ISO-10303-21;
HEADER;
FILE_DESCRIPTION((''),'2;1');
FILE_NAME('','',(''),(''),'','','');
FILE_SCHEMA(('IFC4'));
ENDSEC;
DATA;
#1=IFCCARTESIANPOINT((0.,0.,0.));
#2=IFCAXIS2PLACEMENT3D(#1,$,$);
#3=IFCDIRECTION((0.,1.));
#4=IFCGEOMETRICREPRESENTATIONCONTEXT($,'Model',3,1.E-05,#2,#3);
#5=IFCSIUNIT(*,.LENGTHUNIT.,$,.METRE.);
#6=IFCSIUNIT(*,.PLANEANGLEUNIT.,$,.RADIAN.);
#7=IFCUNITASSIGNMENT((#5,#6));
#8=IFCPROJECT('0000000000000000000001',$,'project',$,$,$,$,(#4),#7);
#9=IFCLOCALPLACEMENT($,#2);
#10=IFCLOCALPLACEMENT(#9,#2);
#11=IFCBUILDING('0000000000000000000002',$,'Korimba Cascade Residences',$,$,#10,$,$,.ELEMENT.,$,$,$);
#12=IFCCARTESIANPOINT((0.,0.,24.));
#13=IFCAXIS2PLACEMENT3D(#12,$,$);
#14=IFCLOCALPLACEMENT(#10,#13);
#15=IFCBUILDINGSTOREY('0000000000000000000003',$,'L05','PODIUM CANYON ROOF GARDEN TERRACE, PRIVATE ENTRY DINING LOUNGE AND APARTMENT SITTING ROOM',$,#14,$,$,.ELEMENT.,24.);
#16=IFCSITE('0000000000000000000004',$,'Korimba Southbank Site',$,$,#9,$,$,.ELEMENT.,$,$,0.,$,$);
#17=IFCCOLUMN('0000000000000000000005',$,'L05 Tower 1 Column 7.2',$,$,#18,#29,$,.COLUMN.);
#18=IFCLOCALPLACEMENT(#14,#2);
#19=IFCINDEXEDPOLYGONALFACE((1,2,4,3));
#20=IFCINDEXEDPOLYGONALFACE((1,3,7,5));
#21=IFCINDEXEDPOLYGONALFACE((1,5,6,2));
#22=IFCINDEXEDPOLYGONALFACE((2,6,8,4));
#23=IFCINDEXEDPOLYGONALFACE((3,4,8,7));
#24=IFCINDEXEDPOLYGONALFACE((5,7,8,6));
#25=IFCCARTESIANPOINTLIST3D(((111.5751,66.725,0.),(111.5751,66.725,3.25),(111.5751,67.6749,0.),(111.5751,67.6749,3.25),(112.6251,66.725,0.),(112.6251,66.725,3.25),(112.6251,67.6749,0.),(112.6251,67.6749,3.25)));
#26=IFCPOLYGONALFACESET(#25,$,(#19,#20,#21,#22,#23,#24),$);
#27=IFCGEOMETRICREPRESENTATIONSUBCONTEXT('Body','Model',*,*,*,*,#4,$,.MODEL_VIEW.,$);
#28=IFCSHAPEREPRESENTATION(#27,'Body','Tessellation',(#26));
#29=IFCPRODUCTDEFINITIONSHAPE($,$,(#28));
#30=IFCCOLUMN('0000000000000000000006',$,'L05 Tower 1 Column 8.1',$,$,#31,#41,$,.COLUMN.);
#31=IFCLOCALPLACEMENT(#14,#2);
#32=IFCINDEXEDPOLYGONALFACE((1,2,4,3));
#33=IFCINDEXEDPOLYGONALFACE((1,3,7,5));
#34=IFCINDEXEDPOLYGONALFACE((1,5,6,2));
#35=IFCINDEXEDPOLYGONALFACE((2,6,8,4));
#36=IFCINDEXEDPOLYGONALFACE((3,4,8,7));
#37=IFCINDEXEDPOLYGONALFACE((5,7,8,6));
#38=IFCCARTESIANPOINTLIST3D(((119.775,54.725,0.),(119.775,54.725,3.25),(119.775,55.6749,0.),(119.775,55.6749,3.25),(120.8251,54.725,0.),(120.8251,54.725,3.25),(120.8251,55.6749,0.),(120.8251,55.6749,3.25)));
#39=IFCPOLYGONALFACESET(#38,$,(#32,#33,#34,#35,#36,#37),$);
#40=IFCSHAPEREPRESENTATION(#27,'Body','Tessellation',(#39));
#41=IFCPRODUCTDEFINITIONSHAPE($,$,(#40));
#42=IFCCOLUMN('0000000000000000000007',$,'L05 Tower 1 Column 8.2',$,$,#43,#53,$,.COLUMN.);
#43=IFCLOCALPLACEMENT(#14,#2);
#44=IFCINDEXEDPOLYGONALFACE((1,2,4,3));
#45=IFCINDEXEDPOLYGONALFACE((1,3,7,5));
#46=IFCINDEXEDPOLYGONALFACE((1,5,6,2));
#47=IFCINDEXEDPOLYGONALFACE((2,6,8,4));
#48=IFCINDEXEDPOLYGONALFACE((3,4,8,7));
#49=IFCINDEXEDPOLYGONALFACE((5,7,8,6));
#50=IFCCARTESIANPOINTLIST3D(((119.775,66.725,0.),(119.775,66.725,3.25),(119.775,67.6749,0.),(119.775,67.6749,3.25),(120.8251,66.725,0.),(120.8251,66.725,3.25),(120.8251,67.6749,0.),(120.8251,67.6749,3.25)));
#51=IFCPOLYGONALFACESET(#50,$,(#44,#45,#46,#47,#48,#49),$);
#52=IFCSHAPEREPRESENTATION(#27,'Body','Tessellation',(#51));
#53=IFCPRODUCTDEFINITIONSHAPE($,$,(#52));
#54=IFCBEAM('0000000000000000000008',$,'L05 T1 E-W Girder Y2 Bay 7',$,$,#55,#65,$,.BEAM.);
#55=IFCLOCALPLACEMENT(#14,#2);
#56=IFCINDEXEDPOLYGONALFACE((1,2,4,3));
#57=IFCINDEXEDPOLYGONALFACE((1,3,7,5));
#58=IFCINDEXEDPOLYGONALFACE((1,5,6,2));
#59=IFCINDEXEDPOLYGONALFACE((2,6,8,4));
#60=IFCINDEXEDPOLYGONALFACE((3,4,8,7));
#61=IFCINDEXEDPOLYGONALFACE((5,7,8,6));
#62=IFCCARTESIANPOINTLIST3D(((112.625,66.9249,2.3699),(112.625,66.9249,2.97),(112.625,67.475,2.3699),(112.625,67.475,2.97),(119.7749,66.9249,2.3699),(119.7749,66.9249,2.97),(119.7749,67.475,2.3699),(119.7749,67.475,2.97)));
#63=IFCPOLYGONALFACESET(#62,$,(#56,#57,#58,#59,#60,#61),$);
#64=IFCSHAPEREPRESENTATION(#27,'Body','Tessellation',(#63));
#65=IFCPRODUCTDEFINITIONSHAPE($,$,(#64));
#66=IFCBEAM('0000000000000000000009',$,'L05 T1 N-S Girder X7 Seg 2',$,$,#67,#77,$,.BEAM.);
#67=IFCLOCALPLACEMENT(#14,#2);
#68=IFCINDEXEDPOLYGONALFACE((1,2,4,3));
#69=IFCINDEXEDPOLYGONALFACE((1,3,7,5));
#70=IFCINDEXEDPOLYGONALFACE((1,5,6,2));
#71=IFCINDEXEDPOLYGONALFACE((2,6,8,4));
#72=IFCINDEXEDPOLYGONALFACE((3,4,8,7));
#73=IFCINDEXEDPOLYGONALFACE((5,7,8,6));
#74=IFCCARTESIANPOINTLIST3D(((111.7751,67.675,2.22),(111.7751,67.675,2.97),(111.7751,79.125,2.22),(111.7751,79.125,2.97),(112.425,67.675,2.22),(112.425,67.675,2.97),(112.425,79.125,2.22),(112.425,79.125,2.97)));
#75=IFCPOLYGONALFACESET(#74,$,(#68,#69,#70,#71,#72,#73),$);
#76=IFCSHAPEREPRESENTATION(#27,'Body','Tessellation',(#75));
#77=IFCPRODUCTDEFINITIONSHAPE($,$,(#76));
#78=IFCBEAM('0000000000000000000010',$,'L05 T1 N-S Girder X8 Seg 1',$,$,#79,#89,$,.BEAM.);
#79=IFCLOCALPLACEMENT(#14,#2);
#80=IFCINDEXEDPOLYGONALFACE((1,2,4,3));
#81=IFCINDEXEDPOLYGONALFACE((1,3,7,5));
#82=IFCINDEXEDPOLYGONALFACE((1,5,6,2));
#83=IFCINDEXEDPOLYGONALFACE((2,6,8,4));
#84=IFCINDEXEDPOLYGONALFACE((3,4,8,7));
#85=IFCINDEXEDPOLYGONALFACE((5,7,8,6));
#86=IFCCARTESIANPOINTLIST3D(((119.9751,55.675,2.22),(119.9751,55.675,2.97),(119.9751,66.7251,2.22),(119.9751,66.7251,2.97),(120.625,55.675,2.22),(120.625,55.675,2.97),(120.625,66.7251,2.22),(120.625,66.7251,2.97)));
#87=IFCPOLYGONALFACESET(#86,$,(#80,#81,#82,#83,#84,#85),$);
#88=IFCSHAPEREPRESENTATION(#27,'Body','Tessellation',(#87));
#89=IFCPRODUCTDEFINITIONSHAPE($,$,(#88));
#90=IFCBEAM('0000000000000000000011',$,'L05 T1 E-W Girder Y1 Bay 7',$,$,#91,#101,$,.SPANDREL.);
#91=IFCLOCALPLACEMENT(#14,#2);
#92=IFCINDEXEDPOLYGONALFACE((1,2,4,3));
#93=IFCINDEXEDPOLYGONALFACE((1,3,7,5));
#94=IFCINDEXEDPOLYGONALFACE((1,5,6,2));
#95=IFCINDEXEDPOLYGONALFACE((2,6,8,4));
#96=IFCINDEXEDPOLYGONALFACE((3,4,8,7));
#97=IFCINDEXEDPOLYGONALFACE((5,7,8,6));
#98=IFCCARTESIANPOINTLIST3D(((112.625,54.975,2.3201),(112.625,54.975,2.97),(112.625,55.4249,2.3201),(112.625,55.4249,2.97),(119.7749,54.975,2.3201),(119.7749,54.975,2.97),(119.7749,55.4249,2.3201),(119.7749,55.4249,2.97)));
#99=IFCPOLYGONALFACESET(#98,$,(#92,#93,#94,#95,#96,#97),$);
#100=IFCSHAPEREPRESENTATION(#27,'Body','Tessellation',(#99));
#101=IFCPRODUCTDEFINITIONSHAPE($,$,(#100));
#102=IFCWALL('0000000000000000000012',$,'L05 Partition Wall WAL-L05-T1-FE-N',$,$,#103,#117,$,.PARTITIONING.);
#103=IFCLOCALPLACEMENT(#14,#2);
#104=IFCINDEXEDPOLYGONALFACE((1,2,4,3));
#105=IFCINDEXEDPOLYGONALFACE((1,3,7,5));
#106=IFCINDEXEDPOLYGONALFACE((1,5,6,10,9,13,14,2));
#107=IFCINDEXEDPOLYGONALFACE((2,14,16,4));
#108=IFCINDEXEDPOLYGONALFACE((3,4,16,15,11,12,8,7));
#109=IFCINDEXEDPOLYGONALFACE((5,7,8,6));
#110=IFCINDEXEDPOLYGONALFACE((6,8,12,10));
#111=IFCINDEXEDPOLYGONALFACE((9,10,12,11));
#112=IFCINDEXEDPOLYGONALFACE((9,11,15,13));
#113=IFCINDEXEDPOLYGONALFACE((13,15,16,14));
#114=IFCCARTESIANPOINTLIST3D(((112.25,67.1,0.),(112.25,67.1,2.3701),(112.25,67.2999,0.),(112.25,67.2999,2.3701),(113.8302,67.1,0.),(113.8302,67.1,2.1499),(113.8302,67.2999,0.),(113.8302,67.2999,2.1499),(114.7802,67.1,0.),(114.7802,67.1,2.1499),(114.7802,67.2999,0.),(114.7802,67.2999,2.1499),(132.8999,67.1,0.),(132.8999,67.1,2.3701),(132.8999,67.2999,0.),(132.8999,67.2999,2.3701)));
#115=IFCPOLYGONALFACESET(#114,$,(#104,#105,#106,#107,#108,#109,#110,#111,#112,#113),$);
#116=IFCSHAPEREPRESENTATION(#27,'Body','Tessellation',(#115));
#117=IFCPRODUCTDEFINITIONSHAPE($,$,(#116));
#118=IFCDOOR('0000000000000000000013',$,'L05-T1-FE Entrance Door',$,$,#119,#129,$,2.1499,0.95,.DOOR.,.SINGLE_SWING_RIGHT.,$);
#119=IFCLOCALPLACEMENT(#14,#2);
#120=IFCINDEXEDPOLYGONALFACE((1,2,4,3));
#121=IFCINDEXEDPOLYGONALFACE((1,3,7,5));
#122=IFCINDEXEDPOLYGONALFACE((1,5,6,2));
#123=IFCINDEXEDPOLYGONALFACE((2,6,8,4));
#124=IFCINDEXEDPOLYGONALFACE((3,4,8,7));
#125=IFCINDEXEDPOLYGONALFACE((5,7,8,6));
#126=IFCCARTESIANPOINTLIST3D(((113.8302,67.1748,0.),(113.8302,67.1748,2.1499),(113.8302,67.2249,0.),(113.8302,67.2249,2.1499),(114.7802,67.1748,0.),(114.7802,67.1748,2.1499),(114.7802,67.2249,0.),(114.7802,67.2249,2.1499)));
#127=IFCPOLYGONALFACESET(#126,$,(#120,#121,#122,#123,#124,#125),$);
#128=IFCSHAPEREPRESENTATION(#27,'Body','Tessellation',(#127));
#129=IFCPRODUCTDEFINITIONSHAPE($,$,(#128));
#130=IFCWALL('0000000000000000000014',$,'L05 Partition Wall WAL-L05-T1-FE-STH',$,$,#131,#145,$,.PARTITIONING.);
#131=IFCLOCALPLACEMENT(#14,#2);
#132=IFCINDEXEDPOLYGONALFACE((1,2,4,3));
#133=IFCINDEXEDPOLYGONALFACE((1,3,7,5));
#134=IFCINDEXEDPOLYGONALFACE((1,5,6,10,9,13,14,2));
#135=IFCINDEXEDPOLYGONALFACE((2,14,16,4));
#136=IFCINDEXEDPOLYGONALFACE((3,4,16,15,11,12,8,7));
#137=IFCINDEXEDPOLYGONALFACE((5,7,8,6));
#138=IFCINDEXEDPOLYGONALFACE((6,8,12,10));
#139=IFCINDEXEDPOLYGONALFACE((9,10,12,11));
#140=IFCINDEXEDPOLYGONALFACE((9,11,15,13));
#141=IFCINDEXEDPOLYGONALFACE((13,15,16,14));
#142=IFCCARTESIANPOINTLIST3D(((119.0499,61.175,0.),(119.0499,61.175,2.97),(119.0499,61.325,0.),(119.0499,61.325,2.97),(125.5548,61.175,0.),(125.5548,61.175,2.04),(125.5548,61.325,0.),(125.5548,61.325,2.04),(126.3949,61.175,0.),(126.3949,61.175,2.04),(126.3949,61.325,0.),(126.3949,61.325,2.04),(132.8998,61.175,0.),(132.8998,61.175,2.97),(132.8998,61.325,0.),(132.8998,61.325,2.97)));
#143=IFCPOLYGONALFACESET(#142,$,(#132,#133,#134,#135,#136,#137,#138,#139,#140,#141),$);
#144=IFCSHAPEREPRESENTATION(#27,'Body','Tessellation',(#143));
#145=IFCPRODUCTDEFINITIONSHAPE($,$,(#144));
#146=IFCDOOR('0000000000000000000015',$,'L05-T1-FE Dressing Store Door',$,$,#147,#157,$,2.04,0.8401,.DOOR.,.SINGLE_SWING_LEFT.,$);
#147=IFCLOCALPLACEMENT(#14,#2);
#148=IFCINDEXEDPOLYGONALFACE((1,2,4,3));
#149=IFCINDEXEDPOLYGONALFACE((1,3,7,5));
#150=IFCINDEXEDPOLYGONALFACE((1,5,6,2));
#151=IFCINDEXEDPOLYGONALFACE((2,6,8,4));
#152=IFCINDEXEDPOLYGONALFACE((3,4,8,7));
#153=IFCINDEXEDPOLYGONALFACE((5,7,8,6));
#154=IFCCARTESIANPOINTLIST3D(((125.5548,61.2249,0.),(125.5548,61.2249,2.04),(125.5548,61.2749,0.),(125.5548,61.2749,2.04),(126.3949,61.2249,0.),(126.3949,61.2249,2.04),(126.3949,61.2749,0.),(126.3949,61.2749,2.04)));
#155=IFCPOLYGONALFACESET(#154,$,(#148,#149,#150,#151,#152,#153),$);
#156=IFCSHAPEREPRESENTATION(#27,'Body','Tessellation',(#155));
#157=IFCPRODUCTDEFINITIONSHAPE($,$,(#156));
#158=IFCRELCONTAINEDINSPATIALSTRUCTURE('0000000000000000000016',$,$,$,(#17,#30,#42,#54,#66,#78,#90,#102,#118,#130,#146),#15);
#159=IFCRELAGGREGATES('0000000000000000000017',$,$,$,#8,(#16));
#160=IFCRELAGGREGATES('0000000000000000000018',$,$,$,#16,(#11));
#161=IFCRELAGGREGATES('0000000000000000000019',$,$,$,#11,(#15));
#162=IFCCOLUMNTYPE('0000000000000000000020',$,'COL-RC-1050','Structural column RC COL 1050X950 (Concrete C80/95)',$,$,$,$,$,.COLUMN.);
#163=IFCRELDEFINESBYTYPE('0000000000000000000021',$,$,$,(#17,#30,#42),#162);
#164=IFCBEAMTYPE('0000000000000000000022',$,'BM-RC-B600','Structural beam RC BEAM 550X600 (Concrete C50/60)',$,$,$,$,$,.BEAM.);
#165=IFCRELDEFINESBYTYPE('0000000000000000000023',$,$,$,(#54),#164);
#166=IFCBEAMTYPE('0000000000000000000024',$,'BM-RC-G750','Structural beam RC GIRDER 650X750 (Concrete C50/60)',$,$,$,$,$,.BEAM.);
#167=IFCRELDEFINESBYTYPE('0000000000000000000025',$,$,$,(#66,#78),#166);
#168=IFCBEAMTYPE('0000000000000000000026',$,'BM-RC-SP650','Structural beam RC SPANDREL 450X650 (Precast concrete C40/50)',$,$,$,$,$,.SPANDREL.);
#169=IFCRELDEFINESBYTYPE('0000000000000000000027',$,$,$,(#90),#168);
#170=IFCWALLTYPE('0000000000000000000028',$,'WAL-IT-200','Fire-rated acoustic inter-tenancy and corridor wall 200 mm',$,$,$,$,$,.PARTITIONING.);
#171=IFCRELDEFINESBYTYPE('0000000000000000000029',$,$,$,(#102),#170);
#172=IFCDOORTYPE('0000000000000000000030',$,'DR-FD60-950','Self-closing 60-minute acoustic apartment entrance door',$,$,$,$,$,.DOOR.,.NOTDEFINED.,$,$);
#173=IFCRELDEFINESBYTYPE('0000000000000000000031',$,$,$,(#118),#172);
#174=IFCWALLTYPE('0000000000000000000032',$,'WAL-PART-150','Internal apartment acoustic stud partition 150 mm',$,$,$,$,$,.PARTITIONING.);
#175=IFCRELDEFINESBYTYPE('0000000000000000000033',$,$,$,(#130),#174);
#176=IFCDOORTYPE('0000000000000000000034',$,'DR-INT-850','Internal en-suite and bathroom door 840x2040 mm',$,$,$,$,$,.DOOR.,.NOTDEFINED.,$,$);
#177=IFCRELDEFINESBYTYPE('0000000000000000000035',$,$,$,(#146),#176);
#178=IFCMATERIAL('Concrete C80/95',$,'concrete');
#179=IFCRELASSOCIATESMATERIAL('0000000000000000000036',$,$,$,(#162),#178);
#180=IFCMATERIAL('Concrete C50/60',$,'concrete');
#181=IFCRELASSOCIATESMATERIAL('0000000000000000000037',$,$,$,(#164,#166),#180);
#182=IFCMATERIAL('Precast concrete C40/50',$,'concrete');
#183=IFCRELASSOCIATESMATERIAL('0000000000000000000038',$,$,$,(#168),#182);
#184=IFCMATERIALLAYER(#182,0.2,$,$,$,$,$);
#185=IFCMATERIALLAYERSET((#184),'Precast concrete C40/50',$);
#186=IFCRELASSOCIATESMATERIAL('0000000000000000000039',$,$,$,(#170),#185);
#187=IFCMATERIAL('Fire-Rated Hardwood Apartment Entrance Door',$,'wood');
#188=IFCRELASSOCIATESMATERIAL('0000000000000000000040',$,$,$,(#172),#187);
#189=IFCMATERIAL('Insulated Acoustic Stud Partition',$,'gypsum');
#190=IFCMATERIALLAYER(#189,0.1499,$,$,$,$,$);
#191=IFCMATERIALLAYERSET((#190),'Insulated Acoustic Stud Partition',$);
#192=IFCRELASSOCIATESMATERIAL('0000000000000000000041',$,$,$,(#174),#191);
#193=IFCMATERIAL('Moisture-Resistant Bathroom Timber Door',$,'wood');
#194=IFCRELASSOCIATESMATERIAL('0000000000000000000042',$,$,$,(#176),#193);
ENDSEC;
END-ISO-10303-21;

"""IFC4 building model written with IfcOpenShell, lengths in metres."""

from ifc_helpers import new_model, si_unit, direction, frame, frame_2d, origin, origin_2d, place, context, subcontext, project, spatial, rectangle, extrude, material, layer, layer_set, material_profile, profile_set, type_object, element, fill, save


model = new_model("IFC4")

# Units and contexts
model_context = context("Model", 3, precision=1e-05, world=origin(), true_north=direction((0.0, 1.0)))
body_context = subcontext(model_context, "Body", "Model", "MODEL_VIEW")
ifc_project = project(units=[si_unit("LENGTHUNIT", "METRE"), si_unit("PLANEANGLEUNIT", "RADIAN")], contexts=[model_context])

# Site, building, storey
site_placement = place(None, origin())
site = spatial("IfcSite", under=ifc_project, at=site_placement, Name="Korimba Southbank Site", CompositionType="ELEMENT", RefElevation=0.0)
building_placement = place(site_placement, origin())
building = spatial("IfcBuilding", under=site, at=building_placement, Name="Korimba Cascade Residences", CompositionType="ELEMENT")
storey_placement = place(building_placement, frame((0.0, 0.0, 24.0)))
storey = spatial("IfcBuildingStorey", under=building, at=storey_placement, Name="L05", Description="PODIUM CANYON ROOF GARDEN TERRACE, PRIVATE ENTRY DINING LOUNGE AND APARTMENT SITTING ROOM", CompositionType="ELEMENT", Elevation=24.0)

# Columns
ifc_material_1 = material(Name="Concrete C80/95", Category="concrete")
ifc_material_profile_1 = material_profile(ifc_material_1, rectangle(XDim=1.05, YDim=0.95, at=origin_2d()), Name="Concrete C80/95")
ifc_profile_set_1 = profile_set([ifc_material_profile_1], Name="Concrete C80/95")
column_type = type_object("IfcColumnType", Name="COL-RC-1050", Description="Structural column RC COL 1050X950 (Concrete C80/95)", PredefinedType="COLUMN", material=ifc_profile_set_1)
for number, where, z_axis, x_axis, name in (
    (1, (112.1001, 67.2, 0.0), (0.0, 0.0, 1.0), (1.0, 0.0, 0.0), "L05 Tower 1 Column 7.2"),
    (2, (120.3, 55.2, 0.0), (0.0, 0.0, 1.0), (1.0, 0.0, 0.0), "L05 Tower 1 Column 8.1"),
    (3, (120.3, 67.2, 0.0), (0.0, 0.0, 1.0), (1.0, 0.0, 0.0), "L05 Tower 1 Column 8.2"),
):
    element("IfcColumn", number, at=place(storey_placement, frame(where, z_axis=z_axis, x_axis=x_axis)), inside=storey, type_object=column_type, Name=name, PredefinedType="COLUMN", context=body_context, shape_type="SweptSolid", body=[
        extrude(rectangle(XDim=1.05, YDim=0.95, at=origin_2d()), origin(), (0.0, 0.0, 1.0), 3.25),
    ])

# Beams
ifc_material_2 = material(Name="Concrete C50/60", Category="concrete")
ifc_material_profile_2 = material_profile(ifc_material_2, rectangle(XDim=0.55, YDim=0.6001, at=origin_2d()), Name="Concrete C50/60")
ifc_profile_set_2 = profile_set([ifc_material_profile_2], Name="Concrete C50/60")
beam_type_1 = type_object("IfcBeamType", Name="BM-RC-B600", Description="Structural beam RC BEAM 550X600 (Concrete C50/60)", PredefinedType="BEAM", material=ifc_profile_set_2)
beam_1_placement = place(storey_placement, frame((112.625, 67.2, 2.6699), z_axis=(1.0, 0.0, 0.0), x_axis=(0.0, 1.0, 0.0)))
element("IfcBeam", 4, at=beam_1_placement, inside=storey, type_object=beam_type_1, Name="L05 T1 E-W Girder Y2 Bay 7", PredefinedType="BEAM", context=body_context, shape_type="SweptSolid", body=[
    extrude(rectangle(XDim=0.55, YDim=0.6001, at=origin_2d()), origin(), (0.0, 0.0, 1.0), 7.1499),
])
ifc_material_profile_3 = material_profile(ifc_material_2, rectangle(XDim=0.6499, YDim=0.75, at=origin_2d()), Name="Concrete C50/60")
ifc_profile_set_3 = profile_set([ifc_material_profile_3], Name="Concrete C50/60")
beam_type_2 = type_object("IfcBeamType", Name="BM-RC-G750", Description="Structural beam RC GIRDER 650X750 (Concrete C50/60)", PredefinedType="BEAM", material=ifc_profile_set_3)
beam_2_placement = place(storey_placement, frame((112.1001, 67.675, 2.595), z_axis=(0.0, 1.0, 0.0), x_axis=(-1.0, 0.0, 0.0)))
element("IfcBeam", 5, at=beam_2_placement, inside=storey, type_object=beam_type_2, Name="L05 T1 N-S Girder X7 Seg 2", PredefinedType="BEAM", context=body_context, shape_type="SweptSolid", body=[
    extrude(rectangle(XDim=0.6499, YDim=0.75, at=origin_2d()), origin(), (0.0, 0.0, 1.0), 11.45),
])
beam_3_placement = place(storey_placement, frame((120.3, 55.675, 2.595), z_axis=(0.0, 1.0, 0.0), x_axis=(-1.0, 0.0, 0.0)))
element("IfcBeam", 6, at=beam_3_placement, inside=storey, type_object=beam_type_2, Name="L05 T1 N-S Girder X8 Seg 1", PredefinedType="BEAM", context=body_context, shape_type="SweptSolid", body=[
    extrude(rectangle(XDim=0.6499, YDim=0.75, at=origin_2d()), origin(), (0.0, 0.0, 1.0), 11.05),
])
ifc_material_3 = material(Name="Precast concrete C40/50", Category="concrete")
ifc_material_profile_4 = material_profile(ifc_material_3, rectangle(XDim=0.45, YDim=0.6499, at=origin_2d()), Name="Precast concrete C40/50")
ifc_profile_set_4 = profile_set([ifc_material_profile_4], Name="Precast concrete C40/50")
beam_type_3 = type_object("IfcBeamType", Name="BM-RC-SP650", Description="Structural beam RC SPANDREL 450X650 (Precast concrete C40/50)", PredefinedType="SPANDREL", material=ifc_profile_set_4)
beam_4_placement = place(storey_placement, frame((112.625, 55.2, 2.645), z_axis=(1.0, 0.0, 0.0), x_axis=(0.0, 1.0, 0.0)))
element("IfcBeam", 7, at=beam_4_placement, inside=storey, type_object=beam_type_3, Name="L05 T1 E-W Girder Y1 Bay 7", PredefinedType="SPANDREL", context=body_context, shape_type="SweptSolid", body=[
    extrude(rectangle(XDim=0.45, YDim=0.6499, at=origin_2d()), origin(), (0.0, 0.0, 1.0), 7.1499),
])

# Walls, openings, doors
ifc_layer_1 = layer(ifc_material_3, 0.2)
ifc_layer_set_1 = layer_set([ifc_layer_1], Name="Precast concrete C40/50")
wall_type_1 = type_object("IfcWallType", Name="WAL-IT-200", Description="Fire-rated acoustic inter-tenancy and corridor wall 200 mm", PredefinedType="PARTITIONING", material=ifc_layer_set_1)
wall_1_placement = place(storey_placement, frame((112.25, 67.2, 0.0), z_axis=(0.0, 0.0, 1.0), x_axis=(1.0, 0.0, 0.0)))
wall_1 = element("IfcWall", 8, at=wall_1_placement, inside=storey, type_object=wall_type_1, Name="L05 Partition Wall WAL-L05-T1-FE-N", PredefinedType="PARTITIONING", context=body_context, shape_type="SweptSolid", body=[
    extrude(rectangle(XDim=20.6499, YDim=0.2, at=frame_2d((10.325, 0.0))), origin(), (0.0, 0.0, 1.0), 2.3701),
])
opening_1_placement = place(wall_1_placement, frame((1.5801, 0.0, 0.0)))
opening_1 = element("IfcOpeningElement", 9, at=opening_1_placement, cuts=wall_1, PredefinedType="OPENING", context=body_context, shape_type="SweptSolid", body=[
    extrude(rectangle(XDim=0.95, YDim=2.1499, at=frame_2d((0.4751, 1.075))), frame((0.0, 0.1099, 0.0), z_axis=(0.0, -1.0, 0.0), x_axis=(1.0, 0.0, 0.0)), (0.0, 0.0, 1.0), 0.22),
])
ifc_material_4 = material(Name="Fire-Rated Hardwood Apartment Entrance Door", Category="wood")
door_type_1 = type_object("IfcDoorType", Name="DR-FD60-950", Description="Self-closing 60-minute acoustic apartment entrance door", OperationType="NOTDEFINED", PredefinedType="DOOR", material=ifc_material_4)
door_1_placement = place(opening_1_placement, origin())
door_1 = element("IfcDoor", 10, at=door_1_placement, inside=storey, type_object=door_type_1, Name="L05-T1-FE Entrance Door", OperationType="SINGLE_SWING_RIGHT", OverallHeight=2.1499, OverallWidth=0.95, PredefinedType="DOOR", context=body_context, shape_type="SweptSolid", body=[
    extrude(rectangle(XDim=0.95, YDim=2.1499, at=frame_2d((0.4751, 1.075))), frame((0.0, 0.0249, 0.0), z_axis=(0.0, -1.0, 0.0), x_axis=(1.0, 0.0, 0.0)), (0.0, 0.0, 1.0), 0.05),
])
fill(opening_1, door_1)
ifc_material_5 = material(Name="Insulated Acoustic Stud Partition", Category="gypsum")
ifc_layer_2 = layer(ifc_material_5, 0.1499)
ifc_layer_set_2 = layer_set([ifc_layer_2], Name="Insulated Acoustic Stud Partition")
wall_type_2 = type_object("IfcWallType", Name="WAL-PART-150", Description="Internal apartment acoustic stud partition 150 mm", PredefinedType="PARTITIONING", material=ifc_layer_set_2)
wall_2_placement = place(storey_placement, frame((119.05, 61.25, 0.0), z_axis=(0.0, 0.0, 1.0), x_axis=(1.0, 0.0, 0.0)))
wall_2 = element("IfcWall", 11, at=wall_2_placement, inside=storey, type_object=wall_type_2, Name="L05 Partition Wall WAL-L05-T1-FE-STH", PredefinedType="PARTITIONING", context=body_context, shape_type="SweptSolid", body=[
    extrude(rectangle(XDim=13.8499, YDim=0.1499, at=frame_2d((6.9248, 0.0))), origin(), (0.0, 0.0, 1.0), 2.97),
])
opening_2_placement = place(wall_2_placement, frame((6.5049, 0.0, 0.0)))
opening_2 = element("IfcOpeningElement", 12, at=opening_2_placement, cuts=wall_2, PredefinedType="OPENING", context=body_context, shape_type="SweptSolid", body=[
    extrude(rectangle(XDim=0.8401, YDim=2.04, at=frame_2d((0.4199, 1.02))), frame((0.0, 0.085, 0.0), z_axis=(0.0, -1.0, 0.0), x_axis=(1.0, 0.0, 0.0)), (0.0, 0.0, 1.0), 0.1699),
])
ifc_material_6 = material(Name="Moisture-Resistant Bathroom Timber Door", Category="wood")
door_type_2 = type_object("IfcDoorType", Name="DR-INT-850", Description="Internal en-suite and bathroom door 840x2040 mm", OperationType="NOTDEFINED", PredefinedType="DOOR", material=ifc_material_6)
door_2_placement = place(opening_2_placement, origin())
door_2 = element("IfcDoor", 13, at=door_2_placement, inside=storey, type_object=door_type_2, Name="L05-T1-FE Dressing Store Door", OperationType="SINGLE_SWING_LEFT", OverallHeight=2.04, OverallWidth=0.8401, PredefinedType="DOOR", context=body_context, shape_type="SweptSolid", body=[
    extrude(rectangle(XDim=0.8401, YDim=2.04, at=frame_2d((0.4199, 1.02))), frame((0.0, 0.0249, 0.0), z_axis=(0.0, -1.0, 0.0), x_axis=(1.0, 0.0, 0.0)), (0.0, 0.0, 1.0), 0.05),
])
fill(opening_2, door_2)

save(model, "model.ifc")
